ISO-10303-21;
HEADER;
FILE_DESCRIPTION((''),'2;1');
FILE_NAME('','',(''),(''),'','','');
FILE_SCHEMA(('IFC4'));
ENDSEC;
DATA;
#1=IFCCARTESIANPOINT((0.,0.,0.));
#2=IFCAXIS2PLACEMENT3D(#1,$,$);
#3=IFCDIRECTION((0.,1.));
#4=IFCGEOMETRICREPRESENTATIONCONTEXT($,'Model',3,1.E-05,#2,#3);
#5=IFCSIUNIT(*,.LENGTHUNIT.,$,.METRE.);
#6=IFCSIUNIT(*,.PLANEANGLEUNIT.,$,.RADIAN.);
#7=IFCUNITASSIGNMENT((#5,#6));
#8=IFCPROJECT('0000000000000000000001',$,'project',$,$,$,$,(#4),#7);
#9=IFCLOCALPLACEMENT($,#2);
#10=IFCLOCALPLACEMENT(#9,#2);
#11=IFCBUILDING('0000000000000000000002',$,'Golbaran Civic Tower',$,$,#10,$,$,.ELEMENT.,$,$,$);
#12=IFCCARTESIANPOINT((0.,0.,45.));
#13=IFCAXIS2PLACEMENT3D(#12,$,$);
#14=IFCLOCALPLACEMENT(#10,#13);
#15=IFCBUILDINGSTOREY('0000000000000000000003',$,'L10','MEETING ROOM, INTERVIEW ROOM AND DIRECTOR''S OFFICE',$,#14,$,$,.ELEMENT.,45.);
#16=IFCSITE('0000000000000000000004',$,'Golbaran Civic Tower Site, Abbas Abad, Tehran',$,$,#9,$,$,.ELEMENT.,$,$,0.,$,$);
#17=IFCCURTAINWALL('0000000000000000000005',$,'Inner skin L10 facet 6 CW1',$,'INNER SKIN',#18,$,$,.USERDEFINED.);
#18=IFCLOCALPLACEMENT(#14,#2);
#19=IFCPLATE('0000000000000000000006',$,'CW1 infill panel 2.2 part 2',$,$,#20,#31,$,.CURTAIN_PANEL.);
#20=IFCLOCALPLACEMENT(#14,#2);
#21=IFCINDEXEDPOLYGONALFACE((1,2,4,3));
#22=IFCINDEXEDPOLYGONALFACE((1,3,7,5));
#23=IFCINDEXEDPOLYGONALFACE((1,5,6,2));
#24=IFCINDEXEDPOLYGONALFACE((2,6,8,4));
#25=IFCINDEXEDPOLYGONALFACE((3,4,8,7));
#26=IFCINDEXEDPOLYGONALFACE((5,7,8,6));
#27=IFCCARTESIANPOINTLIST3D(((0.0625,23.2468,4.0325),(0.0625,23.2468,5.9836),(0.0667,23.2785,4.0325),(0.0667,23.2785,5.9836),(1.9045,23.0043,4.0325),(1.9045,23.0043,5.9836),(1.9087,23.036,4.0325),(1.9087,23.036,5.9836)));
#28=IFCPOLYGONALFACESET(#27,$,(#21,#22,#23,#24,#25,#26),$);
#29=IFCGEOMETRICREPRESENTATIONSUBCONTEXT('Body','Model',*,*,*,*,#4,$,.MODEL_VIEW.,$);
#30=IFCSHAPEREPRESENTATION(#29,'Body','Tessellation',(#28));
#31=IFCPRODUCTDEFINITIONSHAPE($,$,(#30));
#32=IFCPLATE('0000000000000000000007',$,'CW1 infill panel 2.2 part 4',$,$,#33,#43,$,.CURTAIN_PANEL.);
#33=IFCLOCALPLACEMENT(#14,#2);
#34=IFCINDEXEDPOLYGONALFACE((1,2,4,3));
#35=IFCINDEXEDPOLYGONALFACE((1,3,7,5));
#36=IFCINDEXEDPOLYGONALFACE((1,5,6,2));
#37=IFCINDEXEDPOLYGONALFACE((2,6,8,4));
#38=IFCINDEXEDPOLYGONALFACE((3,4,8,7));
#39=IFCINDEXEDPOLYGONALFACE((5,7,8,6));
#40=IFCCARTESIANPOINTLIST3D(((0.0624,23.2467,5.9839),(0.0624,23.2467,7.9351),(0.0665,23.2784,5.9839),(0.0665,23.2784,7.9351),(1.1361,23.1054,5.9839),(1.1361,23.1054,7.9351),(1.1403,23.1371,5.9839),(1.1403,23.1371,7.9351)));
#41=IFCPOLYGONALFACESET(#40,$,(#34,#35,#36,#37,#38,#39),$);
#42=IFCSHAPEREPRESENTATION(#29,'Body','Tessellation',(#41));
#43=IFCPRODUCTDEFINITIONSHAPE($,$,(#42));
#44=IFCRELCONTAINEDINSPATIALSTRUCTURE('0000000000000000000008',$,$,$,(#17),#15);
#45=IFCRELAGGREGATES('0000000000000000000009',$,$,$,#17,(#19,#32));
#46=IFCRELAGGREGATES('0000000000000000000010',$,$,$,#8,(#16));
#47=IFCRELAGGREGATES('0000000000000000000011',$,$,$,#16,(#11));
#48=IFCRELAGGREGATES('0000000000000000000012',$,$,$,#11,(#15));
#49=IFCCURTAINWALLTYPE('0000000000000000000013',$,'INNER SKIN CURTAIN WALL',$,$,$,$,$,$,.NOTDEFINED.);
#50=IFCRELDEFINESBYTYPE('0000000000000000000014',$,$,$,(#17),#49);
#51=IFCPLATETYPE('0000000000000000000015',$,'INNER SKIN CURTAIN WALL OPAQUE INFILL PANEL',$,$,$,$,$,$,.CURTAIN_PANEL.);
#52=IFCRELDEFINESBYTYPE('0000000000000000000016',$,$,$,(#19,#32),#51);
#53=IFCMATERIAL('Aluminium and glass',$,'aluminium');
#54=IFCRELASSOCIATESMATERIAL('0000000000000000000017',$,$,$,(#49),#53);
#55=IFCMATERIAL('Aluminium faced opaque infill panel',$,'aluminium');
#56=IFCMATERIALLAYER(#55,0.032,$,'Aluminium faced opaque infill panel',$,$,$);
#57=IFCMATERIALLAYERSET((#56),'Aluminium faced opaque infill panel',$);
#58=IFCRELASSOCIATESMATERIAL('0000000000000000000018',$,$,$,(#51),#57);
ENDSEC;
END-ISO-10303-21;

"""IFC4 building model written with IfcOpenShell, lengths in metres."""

from ifc_helpers import new_model, si_unit, direction, frame, origin, origin_2d, place, context, subcontext, project, spatial, rectangle, extrude, material, layer, layer_set, type_object, element, aggregate, save


model = new_model("IFC4")

# Units and contexts
model_context = context("Model", 3, precision=1e-05, world=origin(), true_north=direction((0.0, 1.0)))
body_context = subcontext(model_context, "Body", "Model", "MODEL_VIEW")
ifc_project = project(units=[si_unit("LENGTHUNIT", "METRE"), si_unit("PLANEANGLEUNIT", "RADIAN")], contexts=[model_context])

# Site, building, storey
site_placement = place(None, origin())
site = spatial("IfcSite", under=ifc_project, at=site_placement, Name="Golbaran Civic Tower Site, Abbas Abad, Tehran", CompositionType="ELEMENT", RefElevation=0.0)
building_placement = place(site_placement, origin())
building = spatial("IfcBuilding", under=site, at=building_placement, Name="Golbaran Civic Tower", CompositionType="ELEMENT")
storey_placement = place(building_placement, frame((0.0, 0.0, 45.0)))
storey = spatial("IfcBuildingStorey", under=building, at=storey_placement, Name="L10", Description="MEETING ROOM, INTERVIEW ROOM AND DIRECTOR'S OFFICE", CompositionType="ELEMENT", Elevation=45.0)

# Curtain wall
ifc_material_1 = material(Name="Aluminium and glass", Category="aluminium")
curtain_wall_type = type_object("IfcCurtainWallType", Name="INNER SKIN CURTAIN WALL", PredefinedType="NOTDEFINED", material=ifc_material_1)
curtain_wall_1_placement = place(storey_placement, origin())
curtain_wall_1 = element("IfcCurtainWall", 1, at=curtain_wall_1_placement, inside=storey, type_object=curtain_wall_type, Name="Inner skin L10 facet 6 CW1", ObjectType="INNER SKIN", PredefinedType="USERDEFINED")

# Plates
ifc_material_2 = material(Name="Aluminium faced opaque infill panel", Category="aluminium")
ifc_layer_1 = layer(ifc_material_2, 0.032, Name="Aluminium faced opaque infill panel")
ifc_layer_set_1 = layer_set([ifc_layer_1], Name="Aluminium faced opaque infill panel")
plate_type_1 = type_object("IfcPlateType", Name="INNER SKIN CURTAIN WALL OPAQUE INFILL PANEL", PredefinedType="CURTAIN_PANEL", material=ifc_layer_set_1)
plate_1_placement = place(storey_placement, frame((0.9856, 23.1414, 4.0325), z_axis=(0.0, 0.0, 1.0), x_axis=(-0.991445, 0.130526, 0.0)))
plate_1 = element("IfcPlate", 2, at=plate_1_placement, type_object=plate_type_1, Name="CW1 infill panel 2.2 part 2", PredefinedType="CURTAIN_PANEL", context=body_context, shape_type="SweptSolid", body=[
    extrude(rectangle(XDim=1.8579, YDim=0.032, at=origin_2d()), origin(), (0.0, 0.0, 1.0), 1.9512),
])
plate_2_placement = place(storey_placement, frame((0.6013, 23.1919, 5.9839), z_axis=(0.0, 0.0, 1.0), x_axis=(-0.991445, 0.130526, 0.0)))
plate_2 = element("IfcPlate", 3, at=plate_2_placement, type_object=plate_type_1, Name="CW1 infill panel 2.2 part 4", PredefinedType="CURTAIN_PANEL", context=body_context, shape_type="SweptSolid", body=[
    extrude(rectangle(XDim=1.083, YDim=0.032, at=origin_2d()), origin(), (0.0, 0.0, 1.0), 1.9512),
])
aggregate(curtain_wall_1, [plate_1, plate_2])

save(model, "model.ifc")
